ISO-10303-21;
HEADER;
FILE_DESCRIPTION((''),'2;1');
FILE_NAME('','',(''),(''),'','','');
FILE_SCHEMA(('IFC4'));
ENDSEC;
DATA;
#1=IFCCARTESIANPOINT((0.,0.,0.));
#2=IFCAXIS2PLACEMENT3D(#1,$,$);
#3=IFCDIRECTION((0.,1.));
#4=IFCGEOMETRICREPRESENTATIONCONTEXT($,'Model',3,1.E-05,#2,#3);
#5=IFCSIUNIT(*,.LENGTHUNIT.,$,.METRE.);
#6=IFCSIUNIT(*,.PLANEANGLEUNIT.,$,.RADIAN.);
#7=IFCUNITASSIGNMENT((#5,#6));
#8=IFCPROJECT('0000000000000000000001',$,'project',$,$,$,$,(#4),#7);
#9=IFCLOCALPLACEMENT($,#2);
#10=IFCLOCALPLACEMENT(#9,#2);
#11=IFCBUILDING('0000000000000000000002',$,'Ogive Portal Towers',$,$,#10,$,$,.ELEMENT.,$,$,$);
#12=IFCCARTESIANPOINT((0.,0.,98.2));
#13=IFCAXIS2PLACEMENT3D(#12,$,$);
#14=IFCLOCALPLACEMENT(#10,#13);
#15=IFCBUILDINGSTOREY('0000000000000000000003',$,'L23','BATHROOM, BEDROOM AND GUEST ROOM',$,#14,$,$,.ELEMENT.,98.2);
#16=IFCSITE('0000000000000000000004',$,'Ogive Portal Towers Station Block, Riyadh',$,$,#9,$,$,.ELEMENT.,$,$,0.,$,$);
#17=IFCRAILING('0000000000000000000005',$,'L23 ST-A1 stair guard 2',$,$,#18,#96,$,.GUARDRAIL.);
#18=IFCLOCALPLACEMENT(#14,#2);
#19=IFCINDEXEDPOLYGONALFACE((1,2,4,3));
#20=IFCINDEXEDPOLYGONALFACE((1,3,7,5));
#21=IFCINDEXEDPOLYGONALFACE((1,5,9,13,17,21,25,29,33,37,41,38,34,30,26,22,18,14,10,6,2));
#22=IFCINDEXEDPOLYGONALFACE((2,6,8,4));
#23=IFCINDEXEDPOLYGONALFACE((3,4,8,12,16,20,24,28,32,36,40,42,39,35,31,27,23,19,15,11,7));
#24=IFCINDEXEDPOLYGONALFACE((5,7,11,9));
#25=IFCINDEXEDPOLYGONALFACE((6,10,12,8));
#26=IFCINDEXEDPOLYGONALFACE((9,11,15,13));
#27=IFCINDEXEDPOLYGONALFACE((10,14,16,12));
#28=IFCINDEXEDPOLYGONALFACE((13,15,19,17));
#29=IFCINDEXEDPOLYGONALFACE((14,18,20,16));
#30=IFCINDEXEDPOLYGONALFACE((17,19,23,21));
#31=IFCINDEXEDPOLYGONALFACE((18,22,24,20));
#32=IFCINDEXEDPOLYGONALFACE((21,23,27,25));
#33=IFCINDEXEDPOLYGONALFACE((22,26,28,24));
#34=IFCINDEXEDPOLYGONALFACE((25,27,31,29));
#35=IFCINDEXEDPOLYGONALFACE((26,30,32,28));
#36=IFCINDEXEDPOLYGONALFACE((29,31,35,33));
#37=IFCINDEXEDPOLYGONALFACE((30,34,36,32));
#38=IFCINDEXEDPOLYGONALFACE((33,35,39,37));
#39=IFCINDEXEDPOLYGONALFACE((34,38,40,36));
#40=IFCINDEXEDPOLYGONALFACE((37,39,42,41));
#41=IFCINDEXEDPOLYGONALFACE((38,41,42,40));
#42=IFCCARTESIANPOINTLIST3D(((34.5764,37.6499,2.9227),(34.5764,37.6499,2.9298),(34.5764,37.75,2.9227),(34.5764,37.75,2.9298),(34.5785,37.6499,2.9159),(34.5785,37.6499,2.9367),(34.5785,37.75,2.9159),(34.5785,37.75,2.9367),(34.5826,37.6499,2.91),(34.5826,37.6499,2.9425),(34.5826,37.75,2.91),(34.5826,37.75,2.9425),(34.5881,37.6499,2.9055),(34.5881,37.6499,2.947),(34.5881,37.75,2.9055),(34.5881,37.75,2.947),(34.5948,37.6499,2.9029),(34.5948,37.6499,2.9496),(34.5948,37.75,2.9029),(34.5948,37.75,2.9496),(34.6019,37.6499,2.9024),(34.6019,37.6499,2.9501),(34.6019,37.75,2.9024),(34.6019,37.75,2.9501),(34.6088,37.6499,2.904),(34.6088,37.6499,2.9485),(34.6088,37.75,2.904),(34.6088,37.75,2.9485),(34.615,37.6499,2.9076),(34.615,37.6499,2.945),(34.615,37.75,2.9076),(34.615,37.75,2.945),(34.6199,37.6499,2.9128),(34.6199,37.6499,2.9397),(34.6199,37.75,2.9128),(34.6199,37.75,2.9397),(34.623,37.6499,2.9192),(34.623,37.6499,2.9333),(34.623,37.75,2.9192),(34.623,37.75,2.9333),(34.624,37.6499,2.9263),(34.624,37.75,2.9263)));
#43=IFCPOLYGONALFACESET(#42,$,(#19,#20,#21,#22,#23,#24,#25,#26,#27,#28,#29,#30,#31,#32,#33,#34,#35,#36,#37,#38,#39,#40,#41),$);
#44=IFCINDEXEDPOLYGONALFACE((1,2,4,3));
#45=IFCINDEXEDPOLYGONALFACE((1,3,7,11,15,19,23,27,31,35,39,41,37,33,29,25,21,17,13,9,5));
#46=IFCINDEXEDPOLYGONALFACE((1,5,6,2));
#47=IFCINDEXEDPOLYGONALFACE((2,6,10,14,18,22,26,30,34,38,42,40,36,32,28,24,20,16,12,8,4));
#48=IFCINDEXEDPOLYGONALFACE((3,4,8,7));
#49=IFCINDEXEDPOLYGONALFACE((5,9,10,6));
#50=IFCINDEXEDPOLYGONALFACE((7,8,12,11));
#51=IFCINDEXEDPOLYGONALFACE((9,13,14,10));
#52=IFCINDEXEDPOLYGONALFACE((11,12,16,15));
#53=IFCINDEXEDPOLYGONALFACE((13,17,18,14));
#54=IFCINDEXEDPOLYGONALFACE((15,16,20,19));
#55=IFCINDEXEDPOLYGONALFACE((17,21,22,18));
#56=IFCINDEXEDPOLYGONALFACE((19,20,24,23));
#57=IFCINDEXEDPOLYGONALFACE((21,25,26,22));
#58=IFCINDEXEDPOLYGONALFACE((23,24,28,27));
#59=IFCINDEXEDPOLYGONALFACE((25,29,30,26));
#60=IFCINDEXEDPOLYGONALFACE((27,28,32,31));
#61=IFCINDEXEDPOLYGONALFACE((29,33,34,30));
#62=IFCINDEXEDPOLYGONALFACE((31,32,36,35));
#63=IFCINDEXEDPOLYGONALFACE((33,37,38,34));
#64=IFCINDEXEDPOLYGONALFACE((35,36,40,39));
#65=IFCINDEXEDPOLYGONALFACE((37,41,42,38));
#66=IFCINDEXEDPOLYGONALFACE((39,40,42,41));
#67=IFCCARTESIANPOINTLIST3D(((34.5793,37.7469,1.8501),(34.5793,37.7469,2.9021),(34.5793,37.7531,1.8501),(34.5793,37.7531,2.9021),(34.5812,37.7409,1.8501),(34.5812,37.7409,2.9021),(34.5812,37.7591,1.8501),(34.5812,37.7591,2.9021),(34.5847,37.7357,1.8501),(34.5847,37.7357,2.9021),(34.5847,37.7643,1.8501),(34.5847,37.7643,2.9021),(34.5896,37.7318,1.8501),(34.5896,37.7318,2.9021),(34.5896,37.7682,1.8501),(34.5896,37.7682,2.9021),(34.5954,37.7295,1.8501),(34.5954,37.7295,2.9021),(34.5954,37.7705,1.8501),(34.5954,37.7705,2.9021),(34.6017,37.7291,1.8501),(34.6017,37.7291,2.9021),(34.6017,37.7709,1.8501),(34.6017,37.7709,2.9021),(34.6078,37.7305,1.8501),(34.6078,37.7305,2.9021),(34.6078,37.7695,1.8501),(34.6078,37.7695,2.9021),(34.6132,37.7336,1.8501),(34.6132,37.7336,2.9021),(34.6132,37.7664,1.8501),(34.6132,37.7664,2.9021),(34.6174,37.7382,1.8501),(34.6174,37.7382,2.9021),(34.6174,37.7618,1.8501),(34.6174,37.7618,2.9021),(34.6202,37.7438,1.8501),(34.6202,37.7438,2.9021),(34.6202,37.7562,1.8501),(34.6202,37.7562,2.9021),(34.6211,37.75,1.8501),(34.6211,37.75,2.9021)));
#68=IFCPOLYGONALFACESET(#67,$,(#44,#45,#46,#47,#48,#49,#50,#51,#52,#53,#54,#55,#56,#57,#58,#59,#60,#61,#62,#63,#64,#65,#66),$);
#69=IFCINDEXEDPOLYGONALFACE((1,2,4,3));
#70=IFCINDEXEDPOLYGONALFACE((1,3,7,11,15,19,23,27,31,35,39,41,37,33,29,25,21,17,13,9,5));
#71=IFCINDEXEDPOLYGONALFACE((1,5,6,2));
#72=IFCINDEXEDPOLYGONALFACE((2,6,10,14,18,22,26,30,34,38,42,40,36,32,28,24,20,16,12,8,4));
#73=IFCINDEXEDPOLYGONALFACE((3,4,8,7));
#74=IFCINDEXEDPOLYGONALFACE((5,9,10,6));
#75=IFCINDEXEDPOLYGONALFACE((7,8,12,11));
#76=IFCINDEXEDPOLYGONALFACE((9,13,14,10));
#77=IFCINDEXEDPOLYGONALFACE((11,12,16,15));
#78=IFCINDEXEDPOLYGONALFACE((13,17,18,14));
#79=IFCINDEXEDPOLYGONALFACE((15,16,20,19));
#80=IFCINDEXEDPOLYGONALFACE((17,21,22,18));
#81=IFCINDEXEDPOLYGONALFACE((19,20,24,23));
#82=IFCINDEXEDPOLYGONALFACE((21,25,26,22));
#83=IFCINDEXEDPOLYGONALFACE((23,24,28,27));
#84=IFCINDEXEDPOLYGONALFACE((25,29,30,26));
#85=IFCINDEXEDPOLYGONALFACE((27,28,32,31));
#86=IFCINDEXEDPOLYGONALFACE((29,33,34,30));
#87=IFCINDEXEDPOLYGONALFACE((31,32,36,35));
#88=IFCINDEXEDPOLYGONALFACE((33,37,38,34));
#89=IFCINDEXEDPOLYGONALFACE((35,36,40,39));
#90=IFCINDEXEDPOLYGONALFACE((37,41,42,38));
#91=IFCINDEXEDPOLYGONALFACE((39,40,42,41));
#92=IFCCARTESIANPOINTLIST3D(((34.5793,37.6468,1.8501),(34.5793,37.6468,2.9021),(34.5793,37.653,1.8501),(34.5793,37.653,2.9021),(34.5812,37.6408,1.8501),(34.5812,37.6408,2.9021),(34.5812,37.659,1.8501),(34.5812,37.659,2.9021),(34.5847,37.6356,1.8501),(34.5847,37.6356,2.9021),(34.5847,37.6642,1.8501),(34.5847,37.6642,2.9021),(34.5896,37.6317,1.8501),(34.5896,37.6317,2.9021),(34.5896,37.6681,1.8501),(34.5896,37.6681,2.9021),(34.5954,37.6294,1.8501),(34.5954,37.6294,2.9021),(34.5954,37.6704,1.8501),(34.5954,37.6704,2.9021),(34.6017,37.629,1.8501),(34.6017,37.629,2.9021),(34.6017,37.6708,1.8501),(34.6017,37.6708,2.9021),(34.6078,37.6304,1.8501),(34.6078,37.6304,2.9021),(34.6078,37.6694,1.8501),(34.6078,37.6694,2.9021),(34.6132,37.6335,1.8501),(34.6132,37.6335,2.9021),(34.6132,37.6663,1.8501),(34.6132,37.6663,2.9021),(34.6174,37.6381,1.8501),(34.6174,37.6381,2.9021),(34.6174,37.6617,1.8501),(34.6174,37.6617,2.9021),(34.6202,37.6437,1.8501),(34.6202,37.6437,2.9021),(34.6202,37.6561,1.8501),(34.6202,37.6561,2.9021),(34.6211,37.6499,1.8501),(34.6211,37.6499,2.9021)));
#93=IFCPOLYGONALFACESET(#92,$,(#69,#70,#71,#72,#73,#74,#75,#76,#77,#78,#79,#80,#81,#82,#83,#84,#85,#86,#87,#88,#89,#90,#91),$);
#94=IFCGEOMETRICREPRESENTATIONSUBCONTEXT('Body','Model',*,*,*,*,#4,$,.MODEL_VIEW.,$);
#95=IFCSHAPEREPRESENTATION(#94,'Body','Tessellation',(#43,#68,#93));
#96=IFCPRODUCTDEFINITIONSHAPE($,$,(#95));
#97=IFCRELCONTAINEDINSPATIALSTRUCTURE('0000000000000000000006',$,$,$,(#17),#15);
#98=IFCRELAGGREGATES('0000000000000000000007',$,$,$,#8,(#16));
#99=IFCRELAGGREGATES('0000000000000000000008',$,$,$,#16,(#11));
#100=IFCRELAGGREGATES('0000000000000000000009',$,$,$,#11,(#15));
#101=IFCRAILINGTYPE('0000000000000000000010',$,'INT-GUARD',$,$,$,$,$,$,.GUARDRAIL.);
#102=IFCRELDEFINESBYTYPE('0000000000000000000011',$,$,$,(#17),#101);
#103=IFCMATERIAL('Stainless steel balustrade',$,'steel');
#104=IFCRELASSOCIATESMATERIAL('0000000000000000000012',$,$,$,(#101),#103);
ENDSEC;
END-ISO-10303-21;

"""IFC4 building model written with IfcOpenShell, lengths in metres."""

from ifc_helpers import new_model, si_unit, direction, frame, origin, origin_2d, place, context, subcontext, project, spatial, circle, extrude, material, type_object, element, save


model = new_model("IFC4")

# Units and contexts
model_context = context("Model", 3, precision=1e-05, world=origin(), true_north=direction((0.0, 1.0)))
body_context = subcontext(model_context, "Body", "Model", "MODEL_VIEW")
ifc_project = project(units=[si_unit("LENGTHUNIT", "METRE"), si_unit("PLANEANGLEUNIT", "RADIAN")], contexts=[model_context])

# Site, building, storey
site_placement = place(None, origin())
site = spatial("IfcSite", under=ifc_project, at=site_placement, Name="Ogive Portal Towers Station Block, Riyadh", CompositionType="ELEMENT", RefElevation=0.0)
building_placement = place(site_placement, origin())
building = spatial("IfcBuilding", under=site, at=building_placement, Name="Ogive Portal Towers", CompositionType="ELEMENT")
storey_placement = place(building_placement, frame((0.0, 0.0, 98.2)))
storey = spatial("IfcBuildingStorey", under=building, at=storey_placement, Name="L23", Description="BATHROOM, BEDROOM AND GUEST ROOM", CompositionType="ELEMENT", Elevation=98.2)

# Railing
ifc_material_1 = material(Name="Stainless steel balustrade", Category="steel")
railing_type_1 = type_object("IfcRailingType", Name="INT-GUARD", PredefinedType="GUARDRAIL", material=ifc_material_1)
railing_1_placement = place(storey_placement, frame((34.6001, 37.75, 1.8501)))
element("IfcRailing", 1, at=railing_1_placement, inside=storey, type_object=railing_type_1, Name="L23 ST-A1 stair guard 2", PredefinedType="GUARDRAIL", context=body_context, shape_type="SweptSolid", body=[
    extrude(circle(Radius=0.0239, at=origin_2d()), frame((0.0, 0.0, 1.0762), z_axis=(0.0, -1.0, 0.0), x_axis=(1.0, 0.0, 0.0)), (0.0, 0.0, 1.0), 0.1001),
    extrude(circle(Radius=0.021, at=origin_2d()), origin(), (0.0, 0.0, 1.0), 1.052),
    extrude(circle(Radius=0.021, at=origin_2d()), frame((0.0, -0.1001, 0.0)), (0.0, 0.0, 1.0), 1.052),
])

save(model, "model.ifc")
